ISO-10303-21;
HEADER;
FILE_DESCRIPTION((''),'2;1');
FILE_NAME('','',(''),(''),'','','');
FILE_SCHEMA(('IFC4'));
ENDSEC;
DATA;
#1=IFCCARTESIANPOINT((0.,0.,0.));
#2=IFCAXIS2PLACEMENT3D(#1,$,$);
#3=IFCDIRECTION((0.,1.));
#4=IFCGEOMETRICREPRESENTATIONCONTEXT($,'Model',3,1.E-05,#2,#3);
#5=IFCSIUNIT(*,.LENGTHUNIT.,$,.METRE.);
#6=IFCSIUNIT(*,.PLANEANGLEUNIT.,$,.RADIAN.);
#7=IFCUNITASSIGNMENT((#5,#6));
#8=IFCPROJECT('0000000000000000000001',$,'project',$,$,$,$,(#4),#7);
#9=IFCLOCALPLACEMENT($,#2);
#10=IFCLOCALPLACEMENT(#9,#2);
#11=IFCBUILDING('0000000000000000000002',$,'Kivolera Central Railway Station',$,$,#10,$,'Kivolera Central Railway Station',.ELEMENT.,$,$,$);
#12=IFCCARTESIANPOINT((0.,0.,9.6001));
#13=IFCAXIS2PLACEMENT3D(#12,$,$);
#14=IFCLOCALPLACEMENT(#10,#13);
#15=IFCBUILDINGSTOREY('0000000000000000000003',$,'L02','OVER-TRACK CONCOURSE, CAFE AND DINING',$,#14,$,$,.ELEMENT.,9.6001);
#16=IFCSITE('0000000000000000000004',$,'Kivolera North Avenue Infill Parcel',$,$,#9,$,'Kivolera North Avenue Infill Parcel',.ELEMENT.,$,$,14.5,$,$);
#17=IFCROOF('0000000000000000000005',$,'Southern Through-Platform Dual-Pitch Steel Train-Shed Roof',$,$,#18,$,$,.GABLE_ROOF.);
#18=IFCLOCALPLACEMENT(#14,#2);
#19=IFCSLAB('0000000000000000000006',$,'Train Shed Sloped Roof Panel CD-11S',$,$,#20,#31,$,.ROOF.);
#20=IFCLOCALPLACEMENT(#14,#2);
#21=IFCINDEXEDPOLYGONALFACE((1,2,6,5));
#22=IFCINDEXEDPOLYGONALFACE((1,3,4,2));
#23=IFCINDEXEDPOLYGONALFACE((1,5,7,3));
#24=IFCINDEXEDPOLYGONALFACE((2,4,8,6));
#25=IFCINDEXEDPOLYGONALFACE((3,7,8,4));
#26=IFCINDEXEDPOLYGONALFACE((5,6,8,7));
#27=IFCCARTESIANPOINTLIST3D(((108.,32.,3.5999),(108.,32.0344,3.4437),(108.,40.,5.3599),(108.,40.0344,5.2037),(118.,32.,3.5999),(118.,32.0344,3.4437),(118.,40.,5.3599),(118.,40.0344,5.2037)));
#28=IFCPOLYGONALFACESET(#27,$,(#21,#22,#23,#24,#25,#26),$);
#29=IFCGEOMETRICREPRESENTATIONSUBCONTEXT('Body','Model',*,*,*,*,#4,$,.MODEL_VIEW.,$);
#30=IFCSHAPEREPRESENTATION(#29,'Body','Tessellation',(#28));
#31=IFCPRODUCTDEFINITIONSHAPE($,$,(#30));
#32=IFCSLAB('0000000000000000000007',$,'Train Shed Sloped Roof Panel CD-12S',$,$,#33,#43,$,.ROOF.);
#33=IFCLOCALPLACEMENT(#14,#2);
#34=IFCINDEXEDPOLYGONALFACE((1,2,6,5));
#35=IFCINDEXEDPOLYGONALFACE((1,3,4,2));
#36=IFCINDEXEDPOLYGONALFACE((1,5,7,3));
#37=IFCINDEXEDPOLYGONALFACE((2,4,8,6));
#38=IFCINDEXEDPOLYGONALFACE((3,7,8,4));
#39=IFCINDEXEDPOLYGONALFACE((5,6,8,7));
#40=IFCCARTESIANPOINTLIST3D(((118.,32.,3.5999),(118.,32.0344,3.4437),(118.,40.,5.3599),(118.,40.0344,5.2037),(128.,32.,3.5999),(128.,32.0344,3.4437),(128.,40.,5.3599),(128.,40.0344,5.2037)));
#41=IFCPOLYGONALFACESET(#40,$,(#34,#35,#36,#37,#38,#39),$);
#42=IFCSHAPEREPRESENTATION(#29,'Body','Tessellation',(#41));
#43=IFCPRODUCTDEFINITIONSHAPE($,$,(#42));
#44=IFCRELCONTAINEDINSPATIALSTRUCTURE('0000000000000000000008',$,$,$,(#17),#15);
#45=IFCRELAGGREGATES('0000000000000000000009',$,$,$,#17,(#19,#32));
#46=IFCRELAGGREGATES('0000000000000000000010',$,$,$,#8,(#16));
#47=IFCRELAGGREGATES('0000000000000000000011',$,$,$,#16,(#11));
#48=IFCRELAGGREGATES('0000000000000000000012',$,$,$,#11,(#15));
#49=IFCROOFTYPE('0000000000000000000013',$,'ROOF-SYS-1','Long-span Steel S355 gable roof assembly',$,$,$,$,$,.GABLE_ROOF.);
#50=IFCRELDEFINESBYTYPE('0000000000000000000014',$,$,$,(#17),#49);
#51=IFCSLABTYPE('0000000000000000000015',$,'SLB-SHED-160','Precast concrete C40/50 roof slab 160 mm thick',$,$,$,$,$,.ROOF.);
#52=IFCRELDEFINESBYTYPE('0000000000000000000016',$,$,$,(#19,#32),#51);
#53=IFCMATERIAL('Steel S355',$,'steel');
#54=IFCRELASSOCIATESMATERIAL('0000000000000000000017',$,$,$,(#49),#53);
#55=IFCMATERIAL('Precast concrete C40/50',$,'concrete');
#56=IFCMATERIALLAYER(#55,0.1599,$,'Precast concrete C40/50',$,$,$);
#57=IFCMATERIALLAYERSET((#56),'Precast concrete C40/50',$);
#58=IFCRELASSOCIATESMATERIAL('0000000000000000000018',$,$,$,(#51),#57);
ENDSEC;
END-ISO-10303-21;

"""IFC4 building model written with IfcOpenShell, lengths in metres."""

from ifc_helpers import new_model, si_unit, direction, frame, origin, place, context, subcontext, project, spatial, polyline, outline, extrude, material, layer, layer_set, type_object, element, aggregate, save


model = new_model("IFC4")

# Units and contexts
model_context = context("Model", 3, precision=1e-05, world=origin(), true_north=direction((0.0, 1.0)))
body_context = subcontext(model_context, "Body", "Model", "MODEL_VIEW")
ifc_project = project(units=[si_unit("LENGTHUNIT", "METRE"), si_unit("PLANEANGLEUNIT", "RADIAN")], contexts=[model_context])

# Site, building, storey
site_placement = place(None, origin())
site = spatial("IfcSite", under=ifc_project, at=site_placement, Name="Kivolera North Avenue Infill Parcel", LongName="Kivolera North Avenue Infill Parcel", CompositionType="ELEMENT", RefElevation=14.5)
building_placement = place(site_placement, origin())
building = spatial("IfcBuilding", under=site, at=building_placement, Name="Kivolera Central Railway Station", LongName="Kivolera Central Railway Station", CompositionType="ELEMENT")
storey_placement = place(building_placement, frame((0.0, 0.0, 9.6001)))
storey = spatial("IfcBuildingStorey", under=building, at=storey_placement, Name="L02", Description="OVER-TRACK CONCOURSE, CAFE AND DINING", CompositionType="ELEMENT", Elevation=9.6001)

# Shared definitions
ifc_material_1 = material(Name="Steel S355", Category="steel")

# Roof, slabs
roof_type = type_object("IfcRoofType", Name="ROOF-SYS-1", Description="Long-span Steel S355 gable roof assembly", PredefinedType="GABLE_ROOF", material=ifc_material_1)
roof_placement = place(storey_placement, origin())
roof = element("IfcRoof", 1, at=roof_placement, inside=storey, type_object=roof_type, Name="Southern Through-Platform Dual-Pitch Steel Train-Shed Roof", PredefinedType="GABLE_ROOF")
ifc_material_2 = material(Name="Precast concrete C40/50", Category="concrete")
ifc_layer_1 = layer(ifc_material_2, 0.1599, Name="Precast concrete C40/50")
ifc_layer_set_1 = layer_set([ifc_layer_1], Name="Precast concrete C40/50")
slab_type = type_object("IfcSlabType", Name="SLB-SHED-160", Description="Precast concrete C40/50 roof slab 160 mm thick", PredefinedType="ROOF", material=ifc_layer_set_1)
slab_1_placement = place(storey_placement, frame((108.0, 32.0, 3.5999), z_axis=(0.0, -0.214863, 0.976644), x_axis=(1.0, 0.0, 0.0)))
slab_1 = element("IfcSlab", 2, at=slab_1_placement, type_object=slab_type, Name="Train Shed Sloped Roof Panel CD-11S", PredefinedType="ROOF", context=body_context, shape_type="SweptSolid", body=[
    extrude(outline(polyline([(0.0, 0.0), (10.0, 0.0), (10.0, 8.1913), (0.0, 8.1913), (0.0, 0.0)])), origin(), (0.0, 0.0, -1.0), 0.1599),
])
slab_2_placement = place(storey_placement, frame((118.0, 32.0, 3.5999), z_axis=(0.0, -0.214863, 0.976644), x_axis=(1.0, 0.0, 0.0)))
slab_2 = element("IfcSlab", 3, at=slab_2_placement, type_object=slab_type, Name="Train Shed Sloped Roof Panel CD-12S", PredefinedType="ROOF", context=body_context, shape_type="SweptSolid", body=[
    extrude(outline(polyline([(0.0, 0.0), (10.0, 0.0), (10.0, 8.1913), (0.0, 8.1913), (0.0, 0.0)])), origin(), (0.0, 0.0, -1.0), 0.1599),
])
aggregate(roof, [slab_1, slab_2])

save(model, "model.ifc")
